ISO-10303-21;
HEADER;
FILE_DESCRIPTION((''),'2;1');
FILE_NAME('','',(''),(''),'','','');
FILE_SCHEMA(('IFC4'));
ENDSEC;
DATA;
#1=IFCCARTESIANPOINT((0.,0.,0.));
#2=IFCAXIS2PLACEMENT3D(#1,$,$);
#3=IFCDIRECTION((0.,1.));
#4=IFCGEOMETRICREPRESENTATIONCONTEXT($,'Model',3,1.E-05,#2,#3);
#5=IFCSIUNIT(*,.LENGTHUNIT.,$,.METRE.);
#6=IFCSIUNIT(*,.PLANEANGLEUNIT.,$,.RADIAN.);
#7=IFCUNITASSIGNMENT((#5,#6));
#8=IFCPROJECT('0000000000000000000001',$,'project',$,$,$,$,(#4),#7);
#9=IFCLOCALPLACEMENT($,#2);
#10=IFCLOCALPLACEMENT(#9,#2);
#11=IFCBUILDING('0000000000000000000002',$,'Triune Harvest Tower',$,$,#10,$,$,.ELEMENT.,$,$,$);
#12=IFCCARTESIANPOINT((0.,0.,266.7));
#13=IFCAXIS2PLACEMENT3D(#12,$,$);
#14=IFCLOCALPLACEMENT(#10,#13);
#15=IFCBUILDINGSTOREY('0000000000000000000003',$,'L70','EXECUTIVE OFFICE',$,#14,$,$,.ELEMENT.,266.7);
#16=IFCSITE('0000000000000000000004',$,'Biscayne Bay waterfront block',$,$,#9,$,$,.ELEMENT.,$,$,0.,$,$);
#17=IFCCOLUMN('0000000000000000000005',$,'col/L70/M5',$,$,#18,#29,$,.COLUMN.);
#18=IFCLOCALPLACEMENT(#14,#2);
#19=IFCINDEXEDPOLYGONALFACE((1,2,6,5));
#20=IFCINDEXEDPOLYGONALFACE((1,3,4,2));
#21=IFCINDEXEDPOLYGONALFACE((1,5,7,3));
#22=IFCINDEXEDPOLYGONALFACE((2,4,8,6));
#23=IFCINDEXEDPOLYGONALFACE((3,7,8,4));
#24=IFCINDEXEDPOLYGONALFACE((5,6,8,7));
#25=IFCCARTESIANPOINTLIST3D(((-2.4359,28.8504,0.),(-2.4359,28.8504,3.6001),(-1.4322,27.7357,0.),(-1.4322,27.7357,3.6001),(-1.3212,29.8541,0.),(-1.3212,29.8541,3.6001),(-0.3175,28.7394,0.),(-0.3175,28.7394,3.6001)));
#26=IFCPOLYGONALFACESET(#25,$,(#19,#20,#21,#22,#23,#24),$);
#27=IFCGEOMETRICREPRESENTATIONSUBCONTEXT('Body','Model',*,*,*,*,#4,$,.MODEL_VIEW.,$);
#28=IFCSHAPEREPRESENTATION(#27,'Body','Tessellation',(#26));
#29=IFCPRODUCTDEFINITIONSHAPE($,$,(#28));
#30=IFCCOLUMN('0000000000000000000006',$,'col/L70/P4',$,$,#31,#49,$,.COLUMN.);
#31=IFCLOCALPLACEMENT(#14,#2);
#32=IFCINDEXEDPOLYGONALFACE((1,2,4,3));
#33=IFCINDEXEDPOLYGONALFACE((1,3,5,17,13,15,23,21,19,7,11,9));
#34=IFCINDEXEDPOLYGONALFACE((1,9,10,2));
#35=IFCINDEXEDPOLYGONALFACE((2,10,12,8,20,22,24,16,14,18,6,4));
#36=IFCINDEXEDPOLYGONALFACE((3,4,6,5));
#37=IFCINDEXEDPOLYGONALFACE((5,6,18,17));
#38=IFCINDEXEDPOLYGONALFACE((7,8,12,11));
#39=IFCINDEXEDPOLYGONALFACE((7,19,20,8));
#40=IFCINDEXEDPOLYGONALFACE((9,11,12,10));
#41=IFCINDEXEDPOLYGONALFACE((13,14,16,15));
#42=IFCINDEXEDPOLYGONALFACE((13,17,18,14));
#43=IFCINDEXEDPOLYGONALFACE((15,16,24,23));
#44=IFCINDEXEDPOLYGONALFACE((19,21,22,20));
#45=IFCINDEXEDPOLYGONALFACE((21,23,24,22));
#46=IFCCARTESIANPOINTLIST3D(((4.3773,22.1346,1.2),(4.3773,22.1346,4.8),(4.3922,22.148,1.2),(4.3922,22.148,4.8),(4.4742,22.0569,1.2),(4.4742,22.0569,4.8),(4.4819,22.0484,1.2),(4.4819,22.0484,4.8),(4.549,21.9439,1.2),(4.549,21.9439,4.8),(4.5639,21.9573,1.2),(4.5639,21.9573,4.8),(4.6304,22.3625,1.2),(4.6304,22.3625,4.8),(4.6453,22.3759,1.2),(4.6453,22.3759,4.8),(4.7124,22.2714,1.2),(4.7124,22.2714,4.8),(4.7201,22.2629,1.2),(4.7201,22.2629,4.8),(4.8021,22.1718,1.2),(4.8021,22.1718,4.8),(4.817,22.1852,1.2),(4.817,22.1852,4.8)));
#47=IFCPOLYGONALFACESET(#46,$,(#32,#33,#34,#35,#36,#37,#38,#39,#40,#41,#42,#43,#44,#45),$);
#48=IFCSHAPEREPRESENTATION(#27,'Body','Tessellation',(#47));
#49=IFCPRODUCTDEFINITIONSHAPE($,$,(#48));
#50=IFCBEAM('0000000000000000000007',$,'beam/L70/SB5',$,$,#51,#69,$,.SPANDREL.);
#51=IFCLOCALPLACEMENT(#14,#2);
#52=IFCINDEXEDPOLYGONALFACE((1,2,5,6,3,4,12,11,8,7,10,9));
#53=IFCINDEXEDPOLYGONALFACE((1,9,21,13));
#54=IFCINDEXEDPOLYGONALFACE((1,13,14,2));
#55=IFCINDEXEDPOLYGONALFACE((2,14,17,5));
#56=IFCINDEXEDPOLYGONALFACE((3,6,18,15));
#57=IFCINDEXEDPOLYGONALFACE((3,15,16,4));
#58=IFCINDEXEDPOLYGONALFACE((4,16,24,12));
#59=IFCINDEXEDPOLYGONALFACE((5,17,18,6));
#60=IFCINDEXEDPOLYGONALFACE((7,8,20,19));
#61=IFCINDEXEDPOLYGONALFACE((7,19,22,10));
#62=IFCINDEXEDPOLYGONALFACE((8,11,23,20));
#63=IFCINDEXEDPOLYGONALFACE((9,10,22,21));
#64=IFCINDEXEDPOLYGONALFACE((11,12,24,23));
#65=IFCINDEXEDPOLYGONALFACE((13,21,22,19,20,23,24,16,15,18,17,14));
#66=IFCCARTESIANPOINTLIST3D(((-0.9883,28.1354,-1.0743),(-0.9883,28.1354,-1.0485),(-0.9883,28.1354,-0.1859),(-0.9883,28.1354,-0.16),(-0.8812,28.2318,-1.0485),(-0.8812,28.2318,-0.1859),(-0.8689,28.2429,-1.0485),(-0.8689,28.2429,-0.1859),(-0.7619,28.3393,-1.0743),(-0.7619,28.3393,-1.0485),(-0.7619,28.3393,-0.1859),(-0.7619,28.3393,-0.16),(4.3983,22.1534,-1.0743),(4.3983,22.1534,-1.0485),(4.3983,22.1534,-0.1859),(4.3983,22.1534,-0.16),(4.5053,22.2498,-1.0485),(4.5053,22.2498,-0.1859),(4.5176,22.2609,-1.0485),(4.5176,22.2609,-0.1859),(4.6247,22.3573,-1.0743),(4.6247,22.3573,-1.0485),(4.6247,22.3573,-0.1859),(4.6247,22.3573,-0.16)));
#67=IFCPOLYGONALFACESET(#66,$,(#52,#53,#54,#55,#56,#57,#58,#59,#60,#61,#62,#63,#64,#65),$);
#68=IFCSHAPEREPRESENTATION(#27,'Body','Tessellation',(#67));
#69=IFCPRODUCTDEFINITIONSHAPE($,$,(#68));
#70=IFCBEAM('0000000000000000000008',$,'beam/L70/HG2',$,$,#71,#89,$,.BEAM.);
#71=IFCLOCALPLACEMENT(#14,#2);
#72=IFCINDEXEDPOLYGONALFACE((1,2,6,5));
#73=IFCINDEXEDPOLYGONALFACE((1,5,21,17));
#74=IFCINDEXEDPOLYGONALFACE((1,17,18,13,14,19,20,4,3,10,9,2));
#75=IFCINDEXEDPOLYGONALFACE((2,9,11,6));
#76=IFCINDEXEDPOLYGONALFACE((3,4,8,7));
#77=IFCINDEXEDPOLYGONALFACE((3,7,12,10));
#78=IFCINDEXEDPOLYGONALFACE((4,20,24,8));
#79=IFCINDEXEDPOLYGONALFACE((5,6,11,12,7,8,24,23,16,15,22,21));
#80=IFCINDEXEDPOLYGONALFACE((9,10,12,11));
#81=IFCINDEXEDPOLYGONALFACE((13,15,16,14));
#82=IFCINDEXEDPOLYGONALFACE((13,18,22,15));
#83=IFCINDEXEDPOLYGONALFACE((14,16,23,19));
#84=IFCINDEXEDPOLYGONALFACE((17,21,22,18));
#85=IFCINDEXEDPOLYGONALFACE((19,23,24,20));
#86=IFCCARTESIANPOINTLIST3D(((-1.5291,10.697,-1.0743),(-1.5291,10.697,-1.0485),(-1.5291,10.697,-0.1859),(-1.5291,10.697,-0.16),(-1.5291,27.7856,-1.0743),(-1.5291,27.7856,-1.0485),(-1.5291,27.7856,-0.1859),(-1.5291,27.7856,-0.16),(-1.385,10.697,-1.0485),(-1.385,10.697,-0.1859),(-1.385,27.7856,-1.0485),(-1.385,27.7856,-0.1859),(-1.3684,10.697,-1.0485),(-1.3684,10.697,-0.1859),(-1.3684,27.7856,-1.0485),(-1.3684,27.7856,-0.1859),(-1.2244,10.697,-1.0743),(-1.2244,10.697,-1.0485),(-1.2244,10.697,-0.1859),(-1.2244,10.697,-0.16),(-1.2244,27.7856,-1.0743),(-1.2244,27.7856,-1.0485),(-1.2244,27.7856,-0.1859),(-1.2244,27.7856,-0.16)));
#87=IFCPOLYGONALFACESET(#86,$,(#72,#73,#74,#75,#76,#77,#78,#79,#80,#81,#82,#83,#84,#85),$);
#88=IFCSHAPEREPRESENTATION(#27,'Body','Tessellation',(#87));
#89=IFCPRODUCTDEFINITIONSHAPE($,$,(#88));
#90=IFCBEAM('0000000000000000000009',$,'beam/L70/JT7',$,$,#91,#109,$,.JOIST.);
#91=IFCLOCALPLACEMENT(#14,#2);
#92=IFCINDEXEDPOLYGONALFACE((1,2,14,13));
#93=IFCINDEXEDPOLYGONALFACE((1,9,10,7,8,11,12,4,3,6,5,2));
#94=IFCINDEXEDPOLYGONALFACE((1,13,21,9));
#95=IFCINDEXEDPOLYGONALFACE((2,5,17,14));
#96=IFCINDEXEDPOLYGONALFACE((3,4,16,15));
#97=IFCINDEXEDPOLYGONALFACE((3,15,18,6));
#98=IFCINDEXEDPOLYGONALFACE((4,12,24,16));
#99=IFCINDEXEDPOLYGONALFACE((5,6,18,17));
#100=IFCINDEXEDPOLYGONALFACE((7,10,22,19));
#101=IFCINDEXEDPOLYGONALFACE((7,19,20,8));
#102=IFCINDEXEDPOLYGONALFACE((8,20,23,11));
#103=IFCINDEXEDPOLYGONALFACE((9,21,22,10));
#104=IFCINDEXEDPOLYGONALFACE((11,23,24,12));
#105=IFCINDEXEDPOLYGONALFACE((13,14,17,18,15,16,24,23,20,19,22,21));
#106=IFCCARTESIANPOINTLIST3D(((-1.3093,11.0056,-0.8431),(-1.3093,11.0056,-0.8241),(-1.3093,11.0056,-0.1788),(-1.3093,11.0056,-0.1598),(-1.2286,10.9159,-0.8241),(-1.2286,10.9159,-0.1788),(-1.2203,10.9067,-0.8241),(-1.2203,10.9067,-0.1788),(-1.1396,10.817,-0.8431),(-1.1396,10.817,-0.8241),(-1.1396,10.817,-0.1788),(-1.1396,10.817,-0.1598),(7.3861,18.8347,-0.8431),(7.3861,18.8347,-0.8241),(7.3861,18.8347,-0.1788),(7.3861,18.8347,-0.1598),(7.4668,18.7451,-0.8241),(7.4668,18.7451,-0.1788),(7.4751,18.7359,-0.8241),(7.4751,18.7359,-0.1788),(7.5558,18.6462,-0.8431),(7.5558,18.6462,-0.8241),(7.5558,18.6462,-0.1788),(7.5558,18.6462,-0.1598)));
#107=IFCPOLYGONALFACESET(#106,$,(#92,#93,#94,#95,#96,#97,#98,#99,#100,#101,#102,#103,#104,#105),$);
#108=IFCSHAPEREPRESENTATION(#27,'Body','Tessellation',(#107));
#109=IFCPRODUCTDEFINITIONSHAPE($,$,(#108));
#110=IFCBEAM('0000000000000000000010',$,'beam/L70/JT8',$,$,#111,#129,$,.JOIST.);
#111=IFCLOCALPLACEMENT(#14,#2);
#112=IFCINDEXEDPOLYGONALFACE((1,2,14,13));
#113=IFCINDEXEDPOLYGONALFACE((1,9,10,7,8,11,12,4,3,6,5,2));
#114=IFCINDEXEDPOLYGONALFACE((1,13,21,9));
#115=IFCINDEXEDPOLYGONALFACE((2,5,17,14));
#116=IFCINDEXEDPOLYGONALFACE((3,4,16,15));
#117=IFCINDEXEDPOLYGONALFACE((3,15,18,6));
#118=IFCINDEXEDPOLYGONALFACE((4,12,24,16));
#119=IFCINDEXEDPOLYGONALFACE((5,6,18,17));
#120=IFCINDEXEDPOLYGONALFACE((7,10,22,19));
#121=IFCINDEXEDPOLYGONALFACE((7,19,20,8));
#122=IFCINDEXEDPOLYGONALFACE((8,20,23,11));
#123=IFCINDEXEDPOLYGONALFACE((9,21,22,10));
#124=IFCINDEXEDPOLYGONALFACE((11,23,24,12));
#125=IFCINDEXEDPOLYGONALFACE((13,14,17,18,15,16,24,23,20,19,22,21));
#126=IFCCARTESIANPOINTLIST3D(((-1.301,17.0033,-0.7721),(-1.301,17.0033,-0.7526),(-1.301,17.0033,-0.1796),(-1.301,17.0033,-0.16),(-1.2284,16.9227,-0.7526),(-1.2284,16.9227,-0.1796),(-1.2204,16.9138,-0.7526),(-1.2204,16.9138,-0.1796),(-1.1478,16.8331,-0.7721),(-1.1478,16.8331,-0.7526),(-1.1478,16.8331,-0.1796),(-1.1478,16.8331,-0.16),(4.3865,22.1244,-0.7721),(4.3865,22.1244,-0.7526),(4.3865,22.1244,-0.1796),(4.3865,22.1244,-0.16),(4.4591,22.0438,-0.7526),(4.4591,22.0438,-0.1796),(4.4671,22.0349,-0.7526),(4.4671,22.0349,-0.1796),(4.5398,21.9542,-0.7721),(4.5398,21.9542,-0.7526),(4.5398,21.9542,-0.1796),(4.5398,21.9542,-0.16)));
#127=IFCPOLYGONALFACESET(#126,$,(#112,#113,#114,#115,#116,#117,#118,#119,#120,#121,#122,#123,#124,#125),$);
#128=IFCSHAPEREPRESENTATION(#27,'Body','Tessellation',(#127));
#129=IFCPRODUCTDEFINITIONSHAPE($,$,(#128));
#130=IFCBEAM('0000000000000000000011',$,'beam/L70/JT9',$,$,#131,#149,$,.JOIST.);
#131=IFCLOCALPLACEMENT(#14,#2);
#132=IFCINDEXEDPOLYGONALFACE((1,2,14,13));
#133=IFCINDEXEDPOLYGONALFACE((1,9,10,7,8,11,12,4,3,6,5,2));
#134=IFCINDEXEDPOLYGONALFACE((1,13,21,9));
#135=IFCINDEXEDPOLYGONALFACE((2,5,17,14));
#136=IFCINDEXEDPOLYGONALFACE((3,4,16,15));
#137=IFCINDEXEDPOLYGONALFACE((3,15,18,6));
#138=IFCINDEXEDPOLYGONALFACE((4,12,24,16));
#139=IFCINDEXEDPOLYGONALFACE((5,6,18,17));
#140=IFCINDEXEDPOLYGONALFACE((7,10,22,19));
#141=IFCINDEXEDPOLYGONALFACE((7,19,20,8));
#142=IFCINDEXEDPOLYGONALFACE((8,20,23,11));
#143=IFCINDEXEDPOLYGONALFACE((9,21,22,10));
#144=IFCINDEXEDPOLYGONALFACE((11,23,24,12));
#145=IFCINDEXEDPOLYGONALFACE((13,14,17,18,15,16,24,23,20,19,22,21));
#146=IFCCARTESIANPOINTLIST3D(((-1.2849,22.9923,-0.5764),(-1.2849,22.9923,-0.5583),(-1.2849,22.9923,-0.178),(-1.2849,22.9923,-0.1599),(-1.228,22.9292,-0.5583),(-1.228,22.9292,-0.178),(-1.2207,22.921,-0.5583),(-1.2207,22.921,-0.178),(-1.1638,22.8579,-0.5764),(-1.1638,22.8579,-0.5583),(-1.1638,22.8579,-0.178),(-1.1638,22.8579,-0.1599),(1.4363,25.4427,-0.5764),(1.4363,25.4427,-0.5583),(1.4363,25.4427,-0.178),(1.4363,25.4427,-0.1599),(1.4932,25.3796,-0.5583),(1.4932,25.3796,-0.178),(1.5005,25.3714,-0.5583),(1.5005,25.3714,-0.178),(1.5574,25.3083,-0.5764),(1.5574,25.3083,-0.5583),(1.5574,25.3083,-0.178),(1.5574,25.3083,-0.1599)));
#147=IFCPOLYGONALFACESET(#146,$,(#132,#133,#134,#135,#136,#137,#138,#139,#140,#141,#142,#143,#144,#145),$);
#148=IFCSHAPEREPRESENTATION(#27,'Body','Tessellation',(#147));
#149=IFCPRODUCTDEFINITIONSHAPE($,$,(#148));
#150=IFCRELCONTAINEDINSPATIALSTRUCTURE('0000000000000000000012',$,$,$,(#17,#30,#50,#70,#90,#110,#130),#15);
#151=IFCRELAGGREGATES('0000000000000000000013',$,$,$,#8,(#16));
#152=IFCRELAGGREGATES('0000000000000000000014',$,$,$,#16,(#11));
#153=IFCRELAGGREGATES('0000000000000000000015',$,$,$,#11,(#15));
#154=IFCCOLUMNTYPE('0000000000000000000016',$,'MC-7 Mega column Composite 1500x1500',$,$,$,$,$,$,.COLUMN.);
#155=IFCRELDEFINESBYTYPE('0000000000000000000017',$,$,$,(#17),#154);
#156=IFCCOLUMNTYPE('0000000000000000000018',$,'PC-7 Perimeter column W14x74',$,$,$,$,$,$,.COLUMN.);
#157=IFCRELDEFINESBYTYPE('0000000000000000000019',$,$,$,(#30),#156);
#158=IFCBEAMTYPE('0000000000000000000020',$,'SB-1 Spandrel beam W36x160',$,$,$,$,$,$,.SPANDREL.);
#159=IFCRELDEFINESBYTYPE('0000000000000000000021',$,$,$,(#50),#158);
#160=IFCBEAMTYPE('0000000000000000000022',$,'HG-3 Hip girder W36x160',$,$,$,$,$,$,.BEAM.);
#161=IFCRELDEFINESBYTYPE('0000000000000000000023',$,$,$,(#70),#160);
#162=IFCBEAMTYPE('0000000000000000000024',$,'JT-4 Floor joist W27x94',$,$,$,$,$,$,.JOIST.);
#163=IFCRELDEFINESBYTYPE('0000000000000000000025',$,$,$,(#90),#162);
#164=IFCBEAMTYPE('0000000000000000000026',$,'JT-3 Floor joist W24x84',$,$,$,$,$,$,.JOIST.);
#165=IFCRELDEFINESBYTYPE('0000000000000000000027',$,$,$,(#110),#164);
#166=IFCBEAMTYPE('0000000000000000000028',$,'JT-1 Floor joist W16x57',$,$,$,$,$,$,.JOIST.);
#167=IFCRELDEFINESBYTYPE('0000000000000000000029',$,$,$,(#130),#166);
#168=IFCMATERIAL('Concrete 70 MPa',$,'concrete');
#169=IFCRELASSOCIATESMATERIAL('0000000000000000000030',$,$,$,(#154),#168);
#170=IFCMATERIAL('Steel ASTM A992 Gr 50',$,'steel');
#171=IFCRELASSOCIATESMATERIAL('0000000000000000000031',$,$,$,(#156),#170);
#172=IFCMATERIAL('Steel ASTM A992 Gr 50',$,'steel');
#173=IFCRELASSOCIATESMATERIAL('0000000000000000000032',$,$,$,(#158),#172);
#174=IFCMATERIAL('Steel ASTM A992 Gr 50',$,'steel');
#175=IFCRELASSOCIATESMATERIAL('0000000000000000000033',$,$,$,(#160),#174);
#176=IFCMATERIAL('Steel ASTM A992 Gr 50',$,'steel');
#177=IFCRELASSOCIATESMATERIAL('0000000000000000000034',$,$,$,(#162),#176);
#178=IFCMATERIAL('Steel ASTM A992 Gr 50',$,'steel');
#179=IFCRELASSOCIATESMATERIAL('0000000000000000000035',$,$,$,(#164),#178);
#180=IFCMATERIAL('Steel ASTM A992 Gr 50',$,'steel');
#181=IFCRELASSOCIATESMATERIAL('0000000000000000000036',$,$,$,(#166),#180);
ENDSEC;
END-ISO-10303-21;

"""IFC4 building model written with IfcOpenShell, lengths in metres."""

from ifc_helpers import new_model, si_unit, direction, frame, origin, origin_2d, place, context, subcontext, project, spatial, rectangle, i_section, extrude, source, transform, mapped, material, material_profile, profile_set, type_object, element, save


model = new_model("IFC4")

# Units and contexts
model_context = context("Model", 3, precision=1e-05, world=origin(), true_north=direction((0.0, 1.0)))
body_context = subcontext(model_context, "Body", "Model", "MODEL_VIEW")
ifc_project = project(units=[si_unit("LENGTHUNIT", "METRE"), si_unit("PLANEANGLEUNIT", "RADIAN")], contexts=[model_context])

# Site, building, storey
site_placement = place(None, origin())
site = spatial("IfcSite", under=ifc_project, at=site_placement, Name="Biscayne Bay waterfront block", CompositionType="ELEMENT", RefElevation=0.0)
building_placement = place(site_placement, origin())
building = spatial("IfcBuilding", under=site, at=building_placement, Name="Triune Harvest Tower", CompositionType="ELEMENT")
storey_placement = place(building_placement, frame((0.0, 0.0, 266.7)))
storey = spatial("IfcBuildingStorey", under=building, at=storey_placement, Name="L70", Description="EXECUTIVE OFFICE", CompositionType="ELEMENT", Elevation=266.7)

# Columns
ifc_material_1 = material(Name="Concrete 70 MPa", Category="concrete")
ifc_material_profile_1 = material_profile(ifc_material_1, rectangle(XDim=1.5, YDim=1.5, at=origin_2d()), Name="Composite 1500x1500")
ifc_profile_set_1 = profile_set([ifc_material_profile_1], Name="Concrete 70 MPa")
column_type_1 = type_object("IfcColumnType", Name="MC-7 Mega column Composite 1500x1500", PredefinedType="COLUMN", material=ifc_profile_set_1)
shared_shape_1 = source(origin(), body_context, "Body", "SweptSolid", [
    extrude(rectangle(XDim=1.5, YDim=1.5, at=origin_2d()), origin(), (0.0, 0.0, 1.0), 3.6001),
])
column_1_placement = place(storey_placement, frame((-1.3767, 28.7949, 0.0), z_axis=(0.0, 0.0, 1.0), x_axis=(-0.669131, 0.743145, 0.0)))
element("IfcColumn", 1, at=column_1_placement, inside=storey, type_object=column_type_1, Name="col/L70/M5", PredefinedType="COLUMN", context=body_context, shape_type="MappedRepresentation", body=[
    mapped(shared_shape_1, transform((0.0, 0.0, 0.0), scale=1.0)),
])
ifc_material_2 = material(Name="Steel ASTM A992 Gr 50", Category="steel")
ifc_material_profile_2 = material_profile(ifc_material_2, i_section(OverallWidth=0.2566, OverallDepth=0.3606, WebThickness=0.0115, FlangeThickness=0.02, at=origin_2d()), Name="W14x74")
ifc_profile_set_2 = profile_set([ifc_material_profile_2], Name="Steel ASTM A992 Gr 50")
column_type_2 = type_object("IfcColumnType", Name="PC-7 Perimeter column W14x74", PredefinedType="COLUMN", material=ifc_profile_set_2)
shared_shape_2 = source(origin(), body_context, "Body", "SweptSolid", [
    extrude(i_section(OverallWidth=0.2566, OverallDepth=0.3606, WebThickness=0.0115, FlangeThickness=0.02, at=origin_2d()), origin(), (0.0, 0.0, 1.0), 3.6001),
])
column_2_placement = place(storey_placement, frame((4.5972, 22.1599, 1.2), z_axis=(0.0, 0.0, 1.0), x_axis=(-0.669131, 0.743145, 0.0)))
element("IfcColumn", 2, at=column_2_placement, inside=storey, type_object=column_type_2, Name="col/L70/P4", PredefinedType="COLUMN", context=body_context, shape_type="MappedRepresentation", body=[
    mapped(shared_shape_2, transform((0.0, 0.0, 0.0), scale=1.0)),
])

# Beams
ifc_material_3 = material(Name="Steel ASTM A992 Gr 50", Category="steel")
ifc_material_profile_3 = material_profile(ifc_material_3, i_section(OverallWidth=0.3047, OverallDepth=0.9143, WebThickness=0.0166, FlangeThickness=0.0259, at=origin_2d()), Name="W36x160")
ifc_profile_set_3 = profile_set([ifc_material_profile_3], Name="Steel ASTM A992 Gr 50")
beam_type_1 = type_object("IfcBeamType", Name="SB-1 Spandrel beam W36x160", PredefinedType="SPANDREL", material=ifc_profile_set_3)
shared_shape_3 = source(origin(), body_context, "Body", "SweptSolid", [
    extrude(i_section(OverallWidth=0.3047, OverallDepth=0.9143, WebThickness=0.0166, FlangeThickness=0.0259, at=origin_2d()), origin(), (0.0, 0.0, 1.0), 8.0498),
])
beam_1_placement = place(storey_placement, frame((4.5115, 22.2554, -0.6172), z_axis=(-0.669152, 0.743125, 0.0), x_axis=(-0.743125, -0.669152, 0.0)))
element("IfcBeam", 3, at=beam_1_placement, inside=storey, type_object=beam_type_1, Name="beam/L70/SB5", PredefinedType="SPANDREL", context=body_context, shape_type="MappedRepresentation", body=[
    mapped(shared_shape_3, transform((0.0, 0.0, 0.0), scale=1.0)),
])
ifc_material_4 = material(Name="Steel ASTM A992 Gr 50", Category="steel")
ifc_material_profile_4 = material_profile(ifc_material_4, i_section(OverallWidth=0.3047, OverallDepth=0.9143, WebThickness=0.0166, FlangeThickness=0.0259, at=origin_2d()), Name="W36x160")
ifc_profile_set_4 = profile_set([ifc_material_profile_4], Name="Steel ASTM A992 Gr 50")
beam_type_2 = type_object("IfcBeamType", Name="HG-3 Hip girder W36x160", PredefinedType="BEAM", material=ifc_profile_set_4)
shared_shape_4 = source(origin(), body_context, "Body", "SweptSolid", [
    extrude(i_section(OverallWidth=0.3047, OverallDepth=0.9143, WebThickness=0.0166, FlangeThickness=0.0259, at=origin_2d()), origin(), (0.0, 0.0, 1.0), 17.0886),
])
beam_2_placement = place(storey_placement, frame((-1.3767, 27.7856, -0.6172), z_axis=(0.0, -1.0, 0.0), x_axis=(1.0, 0.0, 0.0)))
element("IfcBeam", 4, at=beam_2_placement, inside=storey, type_object=beam_type_2, Name="beam/L70/HG2", PredefinedType="BEAM", context=body_context, shape_type="MappedRepresentation", body=[
    mapped(shared_shape_4, transform((0.0, 0.0, 0.0), scale=1.0)),
])
ifc_material_5 = material(Name="Steel ASTM A992 Gr 50", Category="steel")
ifc_material_profile_5 = material_profile(ifc_material_5, i_section(OverallWidth=0.2537, OverallDepth=0.6833, WebThickness=0.0125, FlangeThickness=0.019, at=origin_2d()), Name="W27x94")
ifc_profile_set_5 = profile_set([ifc_material_profile_5], Name="Steel ASTM A992 Gr 50")
beam_type_3 = type_object("IfcBeamType", Name="JT-4 Floor joist W27x94", PredefinedType="JOIST", material=ifc_profile_set_5)
shared_shape_5 = source(origin(), body_context, "Body", "SweptSolid", [
    extrude(i_section(OverallWidth=0.2537, OverallDepth=0.6833, WebThickness=0.0125, FlangeThickness=0.019, at=origin_2d()), origin(), (0.0, 0.0, 1.0), 11.7007),
])
beam_3_placement = place(storey_placement, frame((7.4709, 18.7405, -0.5015), z_axis=(-0.743153, -0.669121, 0.0), x_axis=(0.669121, -0.743153, 0.0)))
element("IfcBeam", 5, at=beam_3_placement, inside=storey, type_object=beam_type_3, Name="beam/L70/JT7", PredefinedType="JOIST", context=body_context, shape_type="MappedRepresentation", body=[
    mapped(shared_shape_5, transform((0.0, 0.0, 0.0), scale=1.0)),
])
ifc_material_6 = material(Name="Steel ASTM A992 Gr 50", Category="steel")
ifc_material_profile_6 = material_profile(ifc_material_6, i_section(OverallWidth=0.229, OverallDepth=0.6121, WebThickness=0.012, FlangeThickness=0.0195, at=origin_2d()), Name="W24x84")
ifc_profile_set_6 = profile_set([ifc_material_profile_6], Name="Steel ASTM A992 Gr 50")
beam_type_4 = type_object("IfcBeamType", Name="JT-3 Floor joist W24x84", PredefinedType="JOIST", material=ifc_profile_set_6)
shared_shape_6 = source(origin(), body_context, "Body", "SweptSolid", [
    extrude(i_section(OverallWidth=0.229, OverallDepth=0.6121, WebThickness=0.012, FlangeThickness=0.0195, at=origin_2d()), origin(), (0.0, 0.0, 1.0), 7.6533),
])
beam_4_placement = place(storey_placement, frame((4.4631, 22.0393, -0.4661), z_axis=(-0.743142, -0.669134, 0.0), x_axis=(0.669134, -0.743142, 0.0)))
element("IfcBeam", 6, at=beam_4_placement, inside=storey, type_object=beam_type_4, Name="beam/L70/JT8", PredefinedType="JOIST", context=body_context, shape_type="MappedRepresentation", body=[
    mapped(shared_shape_6, transform((0.0, 0.0, 0.0), scale=1.0)),
])
ifc_material_7 = material(Name="Steel ASTM A992 Gr 50", Category="steel")
ifc_material_profile_7 = material_profile(ifc_material_7, i_section(OverallWidth=0.1809, OverallDepth=0.4165, WebThickness=0.011, FlangeThickness=0.0181, at=origin_2d()), Name="W16x57")
ifc_profile_set_7 = profile_set([ifc_material_profile_7], Name="Steel ASTM A992 Gr 50")
beam_type_5 = type_object("IfcBeamType", Name="JT-1 Floor joist W16x57", PredefinedType="JOIST", material=ifc_profile_set_7)
shared_shape_7 = source(origin(), body_context, "Body", "SweptSolid", [
    extrude(i_section(OverallWidth=0.1809, OverallDepth=0.4165, WebThickness=0.011, FlangeThickness=0.0181, at=origin_2d()), origin(), (0.0, 0.0, 1.0), 3.6619),
])
beam_5_placement = place(storey_placement, frame((1.4968, 25.3755, -0.3682), z_axis=(-0.743108, -0.669171, 0.0), x_axis=(0.669171, -0.743108, 0.0)))
element("IfcBeam", 7, at=beam_5_placement, inside=storey, type_object=beam_type_5, Name="beam/L70/JT9", PredefinedType="JOIST", context=body_context, shape_type="MappedRepresentation", body=[
    mapped(shared_shape_7, transform((0.0, 0.0, 0.0), scale=1.0)),
])

save(model, "model.ifc")
